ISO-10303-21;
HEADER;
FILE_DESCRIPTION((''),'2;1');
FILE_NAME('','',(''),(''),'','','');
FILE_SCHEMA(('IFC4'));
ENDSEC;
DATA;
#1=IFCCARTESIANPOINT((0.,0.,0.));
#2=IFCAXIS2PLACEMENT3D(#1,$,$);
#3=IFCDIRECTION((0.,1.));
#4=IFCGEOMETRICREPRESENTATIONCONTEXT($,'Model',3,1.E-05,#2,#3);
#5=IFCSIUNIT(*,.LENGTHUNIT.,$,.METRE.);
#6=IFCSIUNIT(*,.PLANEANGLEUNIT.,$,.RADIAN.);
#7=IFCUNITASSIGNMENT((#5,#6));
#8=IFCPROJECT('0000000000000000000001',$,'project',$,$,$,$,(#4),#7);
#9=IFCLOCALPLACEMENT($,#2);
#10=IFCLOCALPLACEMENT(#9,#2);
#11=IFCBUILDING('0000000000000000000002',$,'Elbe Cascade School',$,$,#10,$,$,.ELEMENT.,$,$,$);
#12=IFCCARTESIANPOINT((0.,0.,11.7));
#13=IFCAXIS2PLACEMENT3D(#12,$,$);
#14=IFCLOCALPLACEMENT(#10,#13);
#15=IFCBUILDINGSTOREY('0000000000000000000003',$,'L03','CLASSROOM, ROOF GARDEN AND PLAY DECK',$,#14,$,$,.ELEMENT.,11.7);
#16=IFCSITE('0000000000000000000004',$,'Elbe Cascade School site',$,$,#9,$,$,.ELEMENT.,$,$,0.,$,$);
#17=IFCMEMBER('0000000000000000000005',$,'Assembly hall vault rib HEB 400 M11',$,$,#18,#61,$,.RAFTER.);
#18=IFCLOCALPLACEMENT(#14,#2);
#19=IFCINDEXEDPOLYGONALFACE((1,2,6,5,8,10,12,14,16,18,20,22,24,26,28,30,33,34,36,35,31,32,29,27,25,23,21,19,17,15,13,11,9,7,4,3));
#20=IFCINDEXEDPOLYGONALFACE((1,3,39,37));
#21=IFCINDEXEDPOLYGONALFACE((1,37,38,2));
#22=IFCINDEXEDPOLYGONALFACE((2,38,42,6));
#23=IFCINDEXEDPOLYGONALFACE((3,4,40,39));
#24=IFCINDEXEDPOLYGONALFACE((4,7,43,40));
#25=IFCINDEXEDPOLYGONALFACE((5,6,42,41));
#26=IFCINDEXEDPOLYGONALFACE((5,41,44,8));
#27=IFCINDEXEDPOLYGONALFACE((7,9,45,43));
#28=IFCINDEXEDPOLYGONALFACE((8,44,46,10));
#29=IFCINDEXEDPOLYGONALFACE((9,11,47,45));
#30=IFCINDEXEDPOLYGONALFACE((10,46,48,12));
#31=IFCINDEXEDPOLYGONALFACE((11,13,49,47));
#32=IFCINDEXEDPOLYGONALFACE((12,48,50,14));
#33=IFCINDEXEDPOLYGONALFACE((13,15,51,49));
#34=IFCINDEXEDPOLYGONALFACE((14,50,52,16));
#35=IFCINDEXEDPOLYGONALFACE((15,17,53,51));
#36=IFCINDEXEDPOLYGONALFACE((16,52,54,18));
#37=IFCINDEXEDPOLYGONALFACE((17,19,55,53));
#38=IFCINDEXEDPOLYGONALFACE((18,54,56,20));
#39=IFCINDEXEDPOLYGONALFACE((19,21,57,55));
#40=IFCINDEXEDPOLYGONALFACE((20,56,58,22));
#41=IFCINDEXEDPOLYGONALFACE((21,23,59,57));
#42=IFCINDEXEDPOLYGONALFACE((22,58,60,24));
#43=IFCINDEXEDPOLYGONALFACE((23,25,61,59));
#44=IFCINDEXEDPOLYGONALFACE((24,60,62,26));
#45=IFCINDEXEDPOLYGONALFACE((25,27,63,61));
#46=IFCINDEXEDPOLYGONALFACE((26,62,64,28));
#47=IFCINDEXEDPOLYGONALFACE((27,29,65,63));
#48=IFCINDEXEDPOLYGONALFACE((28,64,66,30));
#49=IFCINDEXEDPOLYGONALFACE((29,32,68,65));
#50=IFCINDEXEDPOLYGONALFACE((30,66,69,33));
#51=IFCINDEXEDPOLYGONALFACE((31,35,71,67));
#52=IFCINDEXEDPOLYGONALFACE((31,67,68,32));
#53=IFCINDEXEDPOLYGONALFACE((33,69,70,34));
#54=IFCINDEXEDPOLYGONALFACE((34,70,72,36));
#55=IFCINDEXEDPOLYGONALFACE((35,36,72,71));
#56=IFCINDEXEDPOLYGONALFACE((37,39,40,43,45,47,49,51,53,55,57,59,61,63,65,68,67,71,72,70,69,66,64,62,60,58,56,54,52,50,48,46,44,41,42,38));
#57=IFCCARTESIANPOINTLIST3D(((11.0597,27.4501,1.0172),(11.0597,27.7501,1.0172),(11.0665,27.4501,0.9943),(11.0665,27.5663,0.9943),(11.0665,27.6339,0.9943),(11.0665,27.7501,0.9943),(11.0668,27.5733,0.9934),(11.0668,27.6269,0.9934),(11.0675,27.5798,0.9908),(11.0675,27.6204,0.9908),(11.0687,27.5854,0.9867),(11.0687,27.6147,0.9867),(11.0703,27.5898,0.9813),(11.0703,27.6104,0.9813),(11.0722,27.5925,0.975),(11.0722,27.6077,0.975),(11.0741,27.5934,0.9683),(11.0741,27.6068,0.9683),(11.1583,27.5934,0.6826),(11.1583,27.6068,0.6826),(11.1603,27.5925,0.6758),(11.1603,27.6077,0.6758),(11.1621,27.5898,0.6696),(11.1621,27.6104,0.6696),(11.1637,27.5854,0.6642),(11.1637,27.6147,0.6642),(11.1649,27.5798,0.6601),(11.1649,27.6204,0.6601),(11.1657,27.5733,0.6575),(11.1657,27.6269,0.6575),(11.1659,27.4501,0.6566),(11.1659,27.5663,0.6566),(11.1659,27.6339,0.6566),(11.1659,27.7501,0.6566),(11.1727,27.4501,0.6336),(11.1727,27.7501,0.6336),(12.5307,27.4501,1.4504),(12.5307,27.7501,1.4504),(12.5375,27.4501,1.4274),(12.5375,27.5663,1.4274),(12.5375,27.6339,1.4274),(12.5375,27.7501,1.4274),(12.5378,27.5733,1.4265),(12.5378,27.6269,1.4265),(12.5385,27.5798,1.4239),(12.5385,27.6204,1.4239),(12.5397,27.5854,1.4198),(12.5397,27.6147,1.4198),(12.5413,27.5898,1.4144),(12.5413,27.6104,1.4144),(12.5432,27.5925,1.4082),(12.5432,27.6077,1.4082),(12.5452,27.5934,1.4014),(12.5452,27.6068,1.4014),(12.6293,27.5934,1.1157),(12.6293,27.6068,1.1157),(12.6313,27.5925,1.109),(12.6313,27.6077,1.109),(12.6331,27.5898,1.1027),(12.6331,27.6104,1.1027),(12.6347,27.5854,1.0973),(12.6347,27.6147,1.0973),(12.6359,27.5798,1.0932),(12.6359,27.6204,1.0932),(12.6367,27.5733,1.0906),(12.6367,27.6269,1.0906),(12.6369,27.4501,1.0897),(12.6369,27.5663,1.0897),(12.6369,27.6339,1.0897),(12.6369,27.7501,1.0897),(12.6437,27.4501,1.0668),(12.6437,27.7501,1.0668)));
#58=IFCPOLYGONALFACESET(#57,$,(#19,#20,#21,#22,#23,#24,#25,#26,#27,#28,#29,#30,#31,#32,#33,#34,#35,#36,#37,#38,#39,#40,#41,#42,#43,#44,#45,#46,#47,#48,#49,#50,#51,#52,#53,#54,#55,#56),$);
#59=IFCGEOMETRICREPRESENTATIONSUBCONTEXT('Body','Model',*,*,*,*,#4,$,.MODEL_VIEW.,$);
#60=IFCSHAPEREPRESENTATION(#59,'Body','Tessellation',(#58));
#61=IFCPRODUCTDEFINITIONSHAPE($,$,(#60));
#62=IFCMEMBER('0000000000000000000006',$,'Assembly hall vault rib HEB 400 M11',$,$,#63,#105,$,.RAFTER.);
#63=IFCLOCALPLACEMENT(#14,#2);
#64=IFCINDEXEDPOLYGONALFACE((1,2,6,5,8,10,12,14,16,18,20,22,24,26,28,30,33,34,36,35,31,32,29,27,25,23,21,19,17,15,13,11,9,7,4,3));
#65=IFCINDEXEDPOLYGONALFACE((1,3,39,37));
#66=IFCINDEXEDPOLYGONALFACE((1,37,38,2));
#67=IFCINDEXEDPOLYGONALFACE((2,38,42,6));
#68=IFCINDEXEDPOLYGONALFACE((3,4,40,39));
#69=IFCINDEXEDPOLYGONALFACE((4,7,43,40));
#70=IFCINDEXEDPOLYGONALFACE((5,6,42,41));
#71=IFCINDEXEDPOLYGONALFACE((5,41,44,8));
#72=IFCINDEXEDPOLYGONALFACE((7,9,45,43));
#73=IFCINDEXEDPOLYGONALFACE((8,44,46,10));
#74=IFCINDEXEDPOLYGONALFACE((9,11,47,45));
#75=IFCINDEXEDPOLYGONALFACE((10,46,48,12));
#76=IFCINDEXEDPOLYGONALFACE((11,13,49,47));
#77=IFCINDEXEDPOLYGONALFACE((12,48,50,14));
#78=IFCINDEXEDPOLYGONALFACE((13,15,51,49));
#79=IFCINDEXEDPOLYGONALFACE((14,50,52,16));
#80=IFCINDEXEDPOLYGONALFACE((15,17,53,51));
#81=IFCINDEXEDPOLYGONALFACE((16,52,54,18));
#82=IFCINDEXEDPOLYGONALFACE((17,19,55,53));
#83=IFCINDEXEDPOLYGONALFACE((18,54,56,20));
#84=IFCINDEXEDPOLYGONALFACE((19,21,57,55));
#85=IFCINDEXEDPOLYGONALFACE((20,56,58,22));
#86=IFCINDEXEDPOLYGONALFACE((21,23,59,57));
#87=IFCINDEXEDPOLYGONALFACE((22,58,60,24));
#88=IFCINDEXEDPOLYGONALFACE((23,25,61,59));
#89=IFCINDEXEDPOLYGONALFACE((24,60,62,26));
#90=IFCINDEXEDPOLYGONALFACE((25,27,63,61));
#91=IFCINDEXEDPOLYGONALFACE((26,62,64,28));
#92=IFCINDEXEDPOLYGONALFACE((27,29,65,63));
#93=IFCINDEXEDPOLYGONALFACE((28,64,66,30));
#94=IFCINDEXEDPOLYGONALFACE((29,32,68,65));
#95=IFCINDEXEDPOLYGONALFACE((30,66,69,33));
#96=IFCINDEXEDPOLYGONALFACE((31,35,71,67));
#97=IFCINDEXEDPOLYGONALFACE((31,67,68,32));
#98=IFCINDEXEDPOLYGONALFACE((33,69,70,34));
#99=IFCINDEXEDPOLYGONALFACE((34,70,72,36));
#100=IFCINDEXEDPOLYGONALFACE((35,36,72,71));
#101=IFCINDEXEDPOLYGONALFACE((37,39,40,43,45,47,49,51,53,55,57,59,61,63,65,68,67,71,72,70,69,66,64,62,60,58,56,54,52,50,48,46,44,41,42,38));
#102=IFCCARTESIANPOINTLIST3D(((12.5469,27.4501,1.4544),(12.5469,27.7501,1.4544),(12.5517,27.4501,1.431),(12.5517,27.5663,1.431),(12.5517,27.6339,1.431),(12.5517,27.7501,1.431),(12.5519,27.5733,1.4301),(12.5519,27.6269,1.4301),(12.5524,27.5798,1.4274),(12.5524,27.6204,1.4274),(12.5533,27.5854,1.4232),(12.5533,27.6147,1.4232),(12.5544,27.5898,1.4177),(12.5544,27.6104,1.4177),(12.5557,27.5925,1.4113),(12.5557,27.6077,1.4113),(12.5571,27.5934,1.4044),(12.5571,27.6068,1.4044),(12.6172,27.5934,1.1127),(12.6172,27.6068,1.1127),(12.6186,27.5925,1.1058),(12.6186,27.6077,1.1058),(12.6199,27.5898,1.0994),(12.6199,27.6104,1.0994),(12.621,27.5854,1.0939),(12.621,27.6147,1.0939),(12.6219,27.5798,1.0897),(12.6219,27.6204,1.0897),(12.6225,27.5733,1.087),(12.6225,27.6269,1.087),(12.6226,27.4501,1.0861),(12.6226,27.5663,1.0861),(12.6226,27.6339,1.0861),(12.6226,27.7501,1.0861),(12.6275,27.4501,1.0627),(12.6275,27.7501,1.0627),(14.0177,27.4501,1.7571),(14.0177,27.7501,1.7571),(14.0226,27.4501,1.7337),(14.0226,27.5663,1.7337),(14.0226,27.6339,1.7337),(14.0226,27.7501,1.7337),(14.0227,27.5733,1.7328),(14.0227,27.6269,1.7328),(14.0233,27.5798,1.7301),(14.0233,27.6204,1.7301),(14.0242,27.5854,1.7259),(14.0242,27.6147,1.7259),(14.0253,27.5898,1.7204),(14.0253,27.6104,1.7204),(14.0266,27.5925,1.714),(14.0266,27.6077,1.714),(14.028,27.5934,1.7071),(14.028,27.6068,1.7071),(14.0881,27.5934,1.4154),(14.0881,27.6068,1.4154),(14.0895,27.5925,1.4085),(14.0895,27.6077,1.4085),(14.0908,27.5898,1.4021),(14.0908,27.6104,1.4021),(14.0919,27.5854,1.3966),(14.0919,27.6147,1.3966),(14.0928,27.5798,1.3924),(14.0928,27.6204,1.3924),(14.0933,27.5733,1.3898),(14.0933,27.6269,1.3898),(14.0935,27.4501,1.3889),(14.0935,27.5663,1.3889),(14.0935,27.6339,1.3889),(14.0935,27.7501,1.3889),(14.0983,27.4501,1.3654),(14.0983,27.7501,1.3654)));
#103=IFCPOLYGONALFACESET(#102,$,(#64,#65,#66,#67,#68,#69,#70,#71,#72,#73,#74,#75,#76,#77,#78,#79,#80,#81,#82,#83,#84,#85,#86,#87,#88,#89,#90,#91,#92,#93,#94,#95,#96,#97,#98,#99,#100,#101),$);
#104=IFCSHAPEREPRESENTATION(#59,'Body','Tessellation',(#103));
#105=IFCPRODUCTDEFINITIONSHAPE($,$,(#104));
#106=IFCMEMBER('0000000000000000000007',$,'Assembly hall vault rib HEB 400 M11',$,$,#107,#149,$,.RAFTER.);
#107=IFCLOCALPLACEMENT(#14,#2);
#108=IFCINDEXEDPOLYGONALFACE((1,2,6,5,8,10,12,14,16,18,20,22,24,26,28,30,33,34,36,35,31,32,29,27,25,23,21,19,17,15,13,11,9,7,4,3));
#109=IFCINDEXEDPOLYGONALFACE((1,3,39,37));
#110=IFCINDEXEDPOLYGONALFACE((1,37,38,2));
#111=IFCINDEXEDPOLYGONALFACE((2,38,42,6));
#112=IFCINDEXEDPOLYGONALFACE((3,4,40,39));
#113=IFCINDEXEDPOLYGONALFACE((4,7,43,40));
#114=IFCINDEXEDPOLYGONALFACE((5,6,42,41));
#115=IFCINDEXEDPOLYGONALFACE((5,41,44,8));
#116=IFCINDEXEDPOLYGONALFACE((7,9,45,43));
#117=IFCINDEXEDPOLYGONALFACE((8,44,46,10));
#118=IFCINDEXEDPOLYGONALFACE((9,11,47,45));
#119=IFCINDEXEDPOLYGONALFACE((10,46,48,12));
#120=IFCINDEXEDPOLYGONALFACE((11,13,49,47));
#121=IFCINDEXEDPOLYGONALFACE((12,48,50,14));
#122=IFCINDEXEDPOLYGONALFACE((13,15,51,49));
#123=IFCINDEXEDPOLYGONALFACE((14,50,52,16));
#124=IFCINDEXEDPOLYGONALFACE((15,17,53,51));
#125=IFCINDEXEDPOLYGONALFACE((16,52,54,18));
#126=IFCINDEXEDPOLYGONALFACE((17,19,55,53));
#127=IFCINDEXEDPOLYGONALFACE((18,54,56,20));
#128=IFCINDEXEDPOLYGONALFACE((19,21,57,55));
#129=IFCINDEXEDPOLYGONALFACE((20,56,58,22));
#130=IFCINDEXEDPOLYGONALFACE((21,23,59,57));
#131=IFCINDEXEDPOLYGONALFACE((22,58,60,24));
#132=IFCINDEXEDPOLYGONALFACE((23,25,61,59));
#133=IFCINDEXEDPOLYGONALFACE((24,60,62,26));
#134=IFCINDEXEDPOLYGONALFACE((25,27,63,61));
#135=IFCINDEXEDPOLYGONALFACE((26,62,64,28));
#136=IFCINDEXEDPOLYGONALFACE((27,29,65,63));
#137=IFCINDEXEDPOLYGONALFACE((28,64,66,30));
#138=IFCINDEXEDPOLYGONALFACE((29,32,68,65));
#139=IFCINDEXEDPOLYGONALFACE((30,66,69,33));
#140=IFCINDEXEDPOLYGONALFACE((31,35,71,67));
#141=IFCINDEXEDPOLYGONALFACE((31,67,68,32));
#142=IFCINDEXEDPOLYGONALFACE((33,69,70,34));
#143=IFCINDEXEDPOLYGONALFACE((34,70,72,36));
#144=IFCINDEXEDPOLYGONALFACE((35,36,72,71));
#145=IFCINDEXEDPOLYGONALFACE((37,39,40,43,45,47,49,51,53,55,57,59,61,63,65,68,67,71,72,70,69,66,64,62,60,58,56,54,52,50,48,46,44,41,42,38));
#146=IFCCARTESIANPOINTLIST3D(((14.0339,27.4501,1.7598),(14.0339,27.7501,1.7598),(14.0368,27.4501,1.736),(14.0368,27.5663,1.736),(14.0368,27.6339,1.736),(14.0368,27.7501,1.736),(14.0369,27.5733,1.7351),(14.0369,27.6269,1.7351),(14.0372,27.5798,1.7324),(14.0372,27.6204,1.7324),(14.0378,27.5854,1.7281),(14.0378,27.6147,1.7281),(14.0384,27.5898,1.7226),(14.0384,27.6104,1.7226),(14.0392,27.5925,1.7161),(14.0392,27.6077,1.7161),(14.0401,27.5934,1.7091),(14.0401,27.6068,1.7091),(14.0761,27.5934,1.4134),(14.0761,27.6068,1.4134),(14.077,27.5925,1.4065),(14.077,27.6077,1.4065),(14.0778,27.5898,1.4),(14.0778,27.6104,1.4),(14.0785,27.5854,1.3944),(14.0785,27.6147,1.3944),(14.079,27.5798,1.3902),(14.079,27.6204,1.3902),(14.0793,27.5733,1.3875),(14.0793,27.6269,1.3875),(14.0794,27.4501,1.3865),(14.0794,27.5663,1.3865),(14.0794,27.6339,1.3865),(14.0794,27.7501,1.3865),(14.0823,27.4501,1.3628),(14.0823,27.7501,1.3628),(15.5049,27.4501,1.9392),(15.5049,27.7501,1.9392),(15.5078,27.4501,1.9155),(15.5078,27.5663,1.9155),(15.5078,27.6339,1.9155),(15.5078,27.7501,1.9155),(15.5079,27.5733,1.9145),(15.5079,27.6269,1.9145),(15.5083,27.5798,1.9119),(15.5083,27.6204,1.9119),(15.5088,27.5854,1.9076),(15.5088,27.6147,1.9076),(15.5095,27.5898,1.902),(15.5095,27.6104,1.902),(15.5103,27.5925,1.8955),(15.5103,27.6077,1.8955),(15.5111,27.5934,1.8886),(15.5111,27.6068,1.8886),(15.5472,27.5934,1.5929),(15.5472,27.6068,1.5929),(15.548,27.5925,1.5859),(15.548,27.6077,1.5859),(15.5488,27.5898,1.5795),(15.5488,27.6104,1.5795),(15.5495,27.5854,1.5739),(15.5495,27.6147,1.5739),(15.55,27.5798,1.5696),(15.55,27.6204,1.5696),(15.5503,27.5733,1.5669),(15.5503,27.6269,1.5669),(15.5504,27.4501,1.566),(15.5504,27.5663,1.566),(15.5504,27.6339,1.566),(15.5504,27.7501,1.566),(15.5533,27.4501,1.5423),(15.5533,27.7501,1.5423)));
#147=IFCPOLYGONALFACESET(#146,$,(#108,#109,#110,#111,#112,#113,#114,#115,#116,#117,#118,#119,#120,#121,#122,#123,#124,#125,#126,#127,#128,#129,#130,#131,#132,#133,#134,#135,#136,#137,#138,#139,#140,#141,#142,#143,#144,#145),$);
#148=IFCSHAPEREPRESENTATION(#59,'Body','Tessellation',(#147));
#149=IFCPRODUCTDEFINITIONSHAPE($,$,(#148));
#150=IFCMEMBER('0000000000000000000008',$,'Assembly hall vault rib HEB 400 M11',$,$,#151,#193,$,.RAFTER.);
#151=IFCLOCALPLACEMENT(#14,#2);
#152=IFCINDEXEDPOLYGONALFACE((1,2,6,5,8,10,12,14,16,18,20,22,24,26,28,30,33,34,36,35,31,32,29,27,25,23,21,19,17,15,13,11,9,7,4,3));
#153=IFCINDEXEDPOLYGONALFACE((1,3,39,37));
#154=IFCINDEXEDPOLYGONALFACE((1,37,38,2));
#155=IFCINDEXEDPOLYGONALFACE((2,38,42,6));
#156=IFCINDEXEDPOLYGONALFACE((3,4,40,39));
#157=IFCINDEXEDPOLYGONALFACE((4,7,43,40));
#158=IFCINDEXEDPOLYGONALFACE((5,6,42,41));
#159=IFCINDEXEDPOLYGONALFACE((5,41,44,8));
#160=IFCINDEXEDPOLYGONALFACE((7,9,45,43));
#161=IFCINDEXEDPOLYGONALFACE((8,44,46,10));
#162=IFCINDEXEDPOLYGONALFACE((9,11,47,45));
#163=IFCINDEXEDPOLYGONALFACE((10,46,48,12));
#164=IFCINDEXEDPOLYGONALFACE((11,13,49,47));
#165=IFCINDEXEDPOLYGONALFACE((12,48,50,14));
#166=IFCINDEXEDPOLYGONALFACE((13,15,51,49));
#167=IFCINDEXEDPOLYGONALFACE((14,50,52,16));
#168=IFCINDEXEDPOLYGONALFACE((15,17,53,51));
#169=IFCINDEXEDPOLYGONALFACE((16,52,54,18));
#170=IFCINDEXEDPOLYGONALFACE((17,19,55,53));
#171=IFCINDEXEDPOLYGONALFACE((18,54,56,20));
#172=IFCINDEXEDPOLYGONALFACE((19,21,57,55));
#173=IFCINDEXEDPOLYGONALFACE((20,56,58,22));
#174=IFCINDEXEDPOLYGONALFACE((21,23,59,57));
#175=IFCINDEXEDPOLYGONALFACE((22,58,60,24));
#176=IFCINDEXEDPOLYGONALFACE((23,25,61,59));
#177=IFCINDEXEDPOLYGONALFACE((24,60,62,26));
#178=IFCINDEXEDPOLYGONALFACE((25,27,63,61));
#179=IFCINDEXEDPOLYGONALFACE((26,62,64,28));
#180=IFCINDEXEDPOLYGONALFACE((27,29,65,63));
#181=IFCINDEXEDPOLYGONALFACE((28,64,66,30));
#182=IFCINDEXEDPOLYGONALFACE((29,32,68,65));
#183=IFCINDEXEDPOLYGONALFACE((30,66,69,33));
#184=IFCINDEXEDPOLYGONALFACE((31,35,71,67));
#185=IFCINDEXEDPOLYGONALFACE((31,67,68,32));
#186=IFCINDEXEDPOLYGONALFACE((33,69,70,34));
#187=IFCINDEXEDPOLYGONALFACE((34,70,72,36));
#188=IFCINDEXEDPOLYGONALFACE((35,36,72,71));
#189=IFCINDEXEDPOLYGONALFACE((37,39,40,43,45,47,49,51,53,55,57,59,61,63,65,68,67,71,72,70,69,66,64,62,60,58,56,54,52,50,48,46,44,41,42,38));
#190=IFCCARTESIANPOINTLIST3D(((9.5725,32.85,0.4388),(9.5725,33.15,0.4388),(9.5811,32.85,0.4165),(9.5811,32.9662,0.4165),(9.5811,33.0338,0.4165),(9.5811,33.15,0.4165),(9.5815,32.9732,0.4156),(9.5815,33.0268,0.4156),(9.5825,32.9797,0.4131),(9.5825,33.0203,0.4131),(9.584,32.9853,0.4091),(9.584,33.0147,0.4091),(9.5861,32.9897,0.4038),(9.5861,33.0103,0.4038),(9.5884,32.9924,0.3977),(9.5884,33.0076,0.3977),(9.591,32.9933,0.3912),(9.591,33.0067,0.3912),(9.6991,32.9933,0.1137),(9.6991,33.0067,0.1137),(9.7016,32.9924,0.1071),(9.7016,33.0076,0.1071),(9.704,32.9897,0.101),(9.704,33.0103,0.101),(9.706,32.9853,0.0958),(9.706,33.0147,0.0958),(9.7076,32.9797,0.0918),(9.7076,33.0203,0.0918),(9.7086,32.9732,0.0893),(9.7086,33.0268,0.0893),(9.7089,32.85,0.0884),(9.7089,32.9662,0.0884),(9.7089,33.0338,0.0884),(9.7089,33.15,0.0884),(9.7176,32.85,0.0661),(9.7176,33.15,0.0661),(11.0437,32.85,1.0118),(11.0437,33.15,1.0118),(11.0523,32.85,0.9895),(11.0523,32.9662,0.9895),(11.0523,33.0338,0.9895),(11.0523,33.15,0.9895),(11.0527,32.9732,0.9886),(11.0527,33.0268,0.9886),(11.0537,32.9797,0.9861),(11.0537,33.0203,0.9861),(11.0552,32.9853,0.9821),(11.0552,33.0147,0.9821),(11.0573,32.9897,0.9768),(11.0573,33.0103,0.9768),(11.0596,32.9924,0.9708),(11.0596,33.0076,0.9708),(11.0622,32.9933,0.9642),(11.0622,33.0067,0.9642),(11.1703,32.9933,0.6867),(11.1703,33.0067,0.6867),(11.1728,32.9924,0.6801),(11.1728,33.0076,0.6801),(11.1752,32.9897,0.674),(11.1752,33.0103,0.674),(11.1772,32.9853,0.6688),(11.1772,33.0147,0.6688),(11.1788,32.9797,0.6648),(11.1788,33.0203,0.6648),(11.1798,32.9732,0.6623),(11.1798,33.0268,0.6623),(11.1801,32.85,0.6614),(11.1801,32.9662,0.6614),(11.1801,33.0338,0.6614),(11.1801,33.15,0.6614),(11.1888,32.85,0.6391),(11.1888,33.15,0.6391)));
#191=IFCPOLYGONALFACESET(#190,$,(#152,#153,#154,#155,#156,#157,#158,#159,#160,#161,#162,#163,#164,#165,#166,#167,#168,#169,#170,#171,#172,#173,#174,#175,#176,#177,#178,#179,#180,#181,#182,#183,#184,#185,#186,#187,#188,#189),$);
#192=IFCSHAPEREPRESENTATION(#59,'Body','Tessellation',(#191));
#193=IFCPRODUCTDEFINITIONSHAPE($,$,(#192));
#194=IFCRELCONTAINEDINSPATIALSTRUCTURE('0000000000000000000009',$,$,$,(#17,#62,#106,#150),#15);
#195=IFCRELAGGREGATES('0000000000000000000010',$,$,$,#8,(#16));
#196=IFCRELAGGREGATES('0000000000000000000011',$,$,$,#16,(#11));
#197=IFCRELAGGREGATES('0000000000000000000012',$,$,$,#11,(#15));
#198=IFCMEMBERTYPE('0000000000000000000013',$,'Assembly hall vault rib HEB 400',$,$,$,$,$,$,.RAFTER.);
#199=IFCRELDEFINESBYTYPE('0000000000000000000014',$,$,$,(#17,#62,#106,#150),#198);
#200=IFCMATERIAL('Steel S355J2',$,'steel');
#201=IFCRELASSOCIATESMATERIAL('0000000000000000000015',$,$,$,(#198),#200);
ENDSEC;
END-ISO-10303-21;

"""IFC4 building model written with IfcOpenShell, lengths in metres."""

from ifc_helpers import new_model, si_unit, direction, frame, origin, origin_2d, place, context, subcontext, project, spatial, i_section, extrude, material, material_profile, profile_set, type_object, element, save


model = new_model("IFC4")

# Units and contexts
model_context = context("Model", 3, precision=1e-05, world=origin(), true_north=direction((0.0, 1.0)))
body_context = subcontext(model_context, "Body", "Model", "MODEL_VIEW")
ifc_project = project(units=[si_unit("LENGTHUNIT", "METRE"), si_unit("PLANEANGLEUNIT", "RADIAN")], contexts=[model_context])

# Site, building, storey
site_placement = place(None, origin())
site = spatial("IfcSite", under=ifc_project, at=site_placement, Name="Elbe Cascade School site", CompositionType="ELEMENT", RefElevation=0.0)
building_placement = place(site_placement, origin())
building = spatial("IfcBuilding", under=site, at=building_placement, Name="Elbe Cascade School", CompositionType="ELEMENT")
storey_placement = place(building_placement, frame((0.0, 0.0, 11.7)))
storey = spatial("IfcBuildingStorey", under=building, at=storey_placement, Name="L03", Description="CLASSROOM, ROOF GARDEN AND PLAY DECK", CompositionType="ELEMENT", Elevation=11.7)

# Members
ifc_material_1 = material(Name="Steel S355J2", Category="steel")
ifc_material_profile_1 = material_profile(ifc_material_1, i_section(OverallWidth=0.3, OverallDepth=0.3999, WebThickness=0.0134, FlangeThickness=0.0239, FilletRadius=0.0271, at=origin_2d()), Name="HEB 400")
ifc_profile_set_1 = profile_set([ifc_material_profile_1], Name="Steel S355J2")
member_type_1 = type_object("IfcMemberType", Name="Assembly hall vault rib HEB 400", PredefinedType="RAFTER", material=ifc_profile_set_1)
member_1_placement = place(storey_placement, frame((11.1162, 27.6001, 0.8254), z_axis=(0.959282, 0.0, 0.282451), x_axis=(0.0, 1.0, 0.0)))
element("IfcMember", 1, at=member_1_placement, inside=storey, type_object=member_type_1, Name="Assembly hall vault rib HEB 400 M11", PredefinedType="RAFTER", context=body_context, shape_type="SweptSolid", body=[
    extrude(i_section(OverallWidth=0.3, OverallDepth=0.3999, WebThickness=0.0134, FlangeThickness=0.0239, FilletRadius=0.0271, at=origin_2d()), origin(), (0.0, 0.0, 1.0), 1.5334),
])
member_2_placement = place(storey_placement, frame((12.5872, 27.6001, 1.2585), z_axis=(0.979471, 0.0, 0.201584), x_axis=(0.0, 1.0, 0.0)))
element("IfcMember", 2, at=member_2_placement, inside=storey, type_object=member_type_1, Name="Assembly hall vault rib HEB 400 M11", PredefinedType="RAFTER", context=body_context, shape_type="SweptSolid", body=[
    extrude(i_section(OverallWidth=0.3, OverallDepth=0.3999, WebThickness=0.0134, FlangeThickness=0.0239, FilletRadius=0.0271, at=origin_2d()), origin(), (0.0, 0.0, 1.0), 1.5017),
])
member_3_placement = place(storey_placement, frame((14.0581, 27.6001, 1.5613), z_axis=(0.992641, 0.0, 0.121094), x_axis=(0.0, 1.0, 0.0)))
element("IfcMember", 3, at=member_3_placement, inside=storey, type_object=member_type_1, Name="Assembly hall vault rib HEB 400 M11", PredefinedType="RAFTER", context=body_context, shape_type="SweptSolid", body=[
    extrude(i_section(OverallWidth=0.3, OverallDepth=0.3999, WebThickness=0.0134, FlangeThickness=0.0239, FilletRadius=0.0271, at=origin_2d()), origin(), (0.0, 0.0, 1.0), 1.4819),
])
member_4_placement = place(storey_placement, frame((9.645, 33.0, 0.2524), z_axis=(0.931819, 0.0, 0.362924), x_axis=(0.0, 1.0, 0.0)))
element("IfcMember", 4, at=member_4_placement, inside=storey, type_object=member_type_1, Name="Assembly hall vault rib HEB 400 M11", PredefinedType="RAFTER", context=body_context, shape_type="SweptSolid", body=[
    extrude(i_section(OverallWidth=0.3, OverallDepth=0.3999, WebThickness=0.0134, FlangeThickness=0.0239, FilletRadius=0.0271, at=origin_2d()), origin(), (0.0, 0.0, 1.0), 1.5789),
])

save(model, "model.ifc")
